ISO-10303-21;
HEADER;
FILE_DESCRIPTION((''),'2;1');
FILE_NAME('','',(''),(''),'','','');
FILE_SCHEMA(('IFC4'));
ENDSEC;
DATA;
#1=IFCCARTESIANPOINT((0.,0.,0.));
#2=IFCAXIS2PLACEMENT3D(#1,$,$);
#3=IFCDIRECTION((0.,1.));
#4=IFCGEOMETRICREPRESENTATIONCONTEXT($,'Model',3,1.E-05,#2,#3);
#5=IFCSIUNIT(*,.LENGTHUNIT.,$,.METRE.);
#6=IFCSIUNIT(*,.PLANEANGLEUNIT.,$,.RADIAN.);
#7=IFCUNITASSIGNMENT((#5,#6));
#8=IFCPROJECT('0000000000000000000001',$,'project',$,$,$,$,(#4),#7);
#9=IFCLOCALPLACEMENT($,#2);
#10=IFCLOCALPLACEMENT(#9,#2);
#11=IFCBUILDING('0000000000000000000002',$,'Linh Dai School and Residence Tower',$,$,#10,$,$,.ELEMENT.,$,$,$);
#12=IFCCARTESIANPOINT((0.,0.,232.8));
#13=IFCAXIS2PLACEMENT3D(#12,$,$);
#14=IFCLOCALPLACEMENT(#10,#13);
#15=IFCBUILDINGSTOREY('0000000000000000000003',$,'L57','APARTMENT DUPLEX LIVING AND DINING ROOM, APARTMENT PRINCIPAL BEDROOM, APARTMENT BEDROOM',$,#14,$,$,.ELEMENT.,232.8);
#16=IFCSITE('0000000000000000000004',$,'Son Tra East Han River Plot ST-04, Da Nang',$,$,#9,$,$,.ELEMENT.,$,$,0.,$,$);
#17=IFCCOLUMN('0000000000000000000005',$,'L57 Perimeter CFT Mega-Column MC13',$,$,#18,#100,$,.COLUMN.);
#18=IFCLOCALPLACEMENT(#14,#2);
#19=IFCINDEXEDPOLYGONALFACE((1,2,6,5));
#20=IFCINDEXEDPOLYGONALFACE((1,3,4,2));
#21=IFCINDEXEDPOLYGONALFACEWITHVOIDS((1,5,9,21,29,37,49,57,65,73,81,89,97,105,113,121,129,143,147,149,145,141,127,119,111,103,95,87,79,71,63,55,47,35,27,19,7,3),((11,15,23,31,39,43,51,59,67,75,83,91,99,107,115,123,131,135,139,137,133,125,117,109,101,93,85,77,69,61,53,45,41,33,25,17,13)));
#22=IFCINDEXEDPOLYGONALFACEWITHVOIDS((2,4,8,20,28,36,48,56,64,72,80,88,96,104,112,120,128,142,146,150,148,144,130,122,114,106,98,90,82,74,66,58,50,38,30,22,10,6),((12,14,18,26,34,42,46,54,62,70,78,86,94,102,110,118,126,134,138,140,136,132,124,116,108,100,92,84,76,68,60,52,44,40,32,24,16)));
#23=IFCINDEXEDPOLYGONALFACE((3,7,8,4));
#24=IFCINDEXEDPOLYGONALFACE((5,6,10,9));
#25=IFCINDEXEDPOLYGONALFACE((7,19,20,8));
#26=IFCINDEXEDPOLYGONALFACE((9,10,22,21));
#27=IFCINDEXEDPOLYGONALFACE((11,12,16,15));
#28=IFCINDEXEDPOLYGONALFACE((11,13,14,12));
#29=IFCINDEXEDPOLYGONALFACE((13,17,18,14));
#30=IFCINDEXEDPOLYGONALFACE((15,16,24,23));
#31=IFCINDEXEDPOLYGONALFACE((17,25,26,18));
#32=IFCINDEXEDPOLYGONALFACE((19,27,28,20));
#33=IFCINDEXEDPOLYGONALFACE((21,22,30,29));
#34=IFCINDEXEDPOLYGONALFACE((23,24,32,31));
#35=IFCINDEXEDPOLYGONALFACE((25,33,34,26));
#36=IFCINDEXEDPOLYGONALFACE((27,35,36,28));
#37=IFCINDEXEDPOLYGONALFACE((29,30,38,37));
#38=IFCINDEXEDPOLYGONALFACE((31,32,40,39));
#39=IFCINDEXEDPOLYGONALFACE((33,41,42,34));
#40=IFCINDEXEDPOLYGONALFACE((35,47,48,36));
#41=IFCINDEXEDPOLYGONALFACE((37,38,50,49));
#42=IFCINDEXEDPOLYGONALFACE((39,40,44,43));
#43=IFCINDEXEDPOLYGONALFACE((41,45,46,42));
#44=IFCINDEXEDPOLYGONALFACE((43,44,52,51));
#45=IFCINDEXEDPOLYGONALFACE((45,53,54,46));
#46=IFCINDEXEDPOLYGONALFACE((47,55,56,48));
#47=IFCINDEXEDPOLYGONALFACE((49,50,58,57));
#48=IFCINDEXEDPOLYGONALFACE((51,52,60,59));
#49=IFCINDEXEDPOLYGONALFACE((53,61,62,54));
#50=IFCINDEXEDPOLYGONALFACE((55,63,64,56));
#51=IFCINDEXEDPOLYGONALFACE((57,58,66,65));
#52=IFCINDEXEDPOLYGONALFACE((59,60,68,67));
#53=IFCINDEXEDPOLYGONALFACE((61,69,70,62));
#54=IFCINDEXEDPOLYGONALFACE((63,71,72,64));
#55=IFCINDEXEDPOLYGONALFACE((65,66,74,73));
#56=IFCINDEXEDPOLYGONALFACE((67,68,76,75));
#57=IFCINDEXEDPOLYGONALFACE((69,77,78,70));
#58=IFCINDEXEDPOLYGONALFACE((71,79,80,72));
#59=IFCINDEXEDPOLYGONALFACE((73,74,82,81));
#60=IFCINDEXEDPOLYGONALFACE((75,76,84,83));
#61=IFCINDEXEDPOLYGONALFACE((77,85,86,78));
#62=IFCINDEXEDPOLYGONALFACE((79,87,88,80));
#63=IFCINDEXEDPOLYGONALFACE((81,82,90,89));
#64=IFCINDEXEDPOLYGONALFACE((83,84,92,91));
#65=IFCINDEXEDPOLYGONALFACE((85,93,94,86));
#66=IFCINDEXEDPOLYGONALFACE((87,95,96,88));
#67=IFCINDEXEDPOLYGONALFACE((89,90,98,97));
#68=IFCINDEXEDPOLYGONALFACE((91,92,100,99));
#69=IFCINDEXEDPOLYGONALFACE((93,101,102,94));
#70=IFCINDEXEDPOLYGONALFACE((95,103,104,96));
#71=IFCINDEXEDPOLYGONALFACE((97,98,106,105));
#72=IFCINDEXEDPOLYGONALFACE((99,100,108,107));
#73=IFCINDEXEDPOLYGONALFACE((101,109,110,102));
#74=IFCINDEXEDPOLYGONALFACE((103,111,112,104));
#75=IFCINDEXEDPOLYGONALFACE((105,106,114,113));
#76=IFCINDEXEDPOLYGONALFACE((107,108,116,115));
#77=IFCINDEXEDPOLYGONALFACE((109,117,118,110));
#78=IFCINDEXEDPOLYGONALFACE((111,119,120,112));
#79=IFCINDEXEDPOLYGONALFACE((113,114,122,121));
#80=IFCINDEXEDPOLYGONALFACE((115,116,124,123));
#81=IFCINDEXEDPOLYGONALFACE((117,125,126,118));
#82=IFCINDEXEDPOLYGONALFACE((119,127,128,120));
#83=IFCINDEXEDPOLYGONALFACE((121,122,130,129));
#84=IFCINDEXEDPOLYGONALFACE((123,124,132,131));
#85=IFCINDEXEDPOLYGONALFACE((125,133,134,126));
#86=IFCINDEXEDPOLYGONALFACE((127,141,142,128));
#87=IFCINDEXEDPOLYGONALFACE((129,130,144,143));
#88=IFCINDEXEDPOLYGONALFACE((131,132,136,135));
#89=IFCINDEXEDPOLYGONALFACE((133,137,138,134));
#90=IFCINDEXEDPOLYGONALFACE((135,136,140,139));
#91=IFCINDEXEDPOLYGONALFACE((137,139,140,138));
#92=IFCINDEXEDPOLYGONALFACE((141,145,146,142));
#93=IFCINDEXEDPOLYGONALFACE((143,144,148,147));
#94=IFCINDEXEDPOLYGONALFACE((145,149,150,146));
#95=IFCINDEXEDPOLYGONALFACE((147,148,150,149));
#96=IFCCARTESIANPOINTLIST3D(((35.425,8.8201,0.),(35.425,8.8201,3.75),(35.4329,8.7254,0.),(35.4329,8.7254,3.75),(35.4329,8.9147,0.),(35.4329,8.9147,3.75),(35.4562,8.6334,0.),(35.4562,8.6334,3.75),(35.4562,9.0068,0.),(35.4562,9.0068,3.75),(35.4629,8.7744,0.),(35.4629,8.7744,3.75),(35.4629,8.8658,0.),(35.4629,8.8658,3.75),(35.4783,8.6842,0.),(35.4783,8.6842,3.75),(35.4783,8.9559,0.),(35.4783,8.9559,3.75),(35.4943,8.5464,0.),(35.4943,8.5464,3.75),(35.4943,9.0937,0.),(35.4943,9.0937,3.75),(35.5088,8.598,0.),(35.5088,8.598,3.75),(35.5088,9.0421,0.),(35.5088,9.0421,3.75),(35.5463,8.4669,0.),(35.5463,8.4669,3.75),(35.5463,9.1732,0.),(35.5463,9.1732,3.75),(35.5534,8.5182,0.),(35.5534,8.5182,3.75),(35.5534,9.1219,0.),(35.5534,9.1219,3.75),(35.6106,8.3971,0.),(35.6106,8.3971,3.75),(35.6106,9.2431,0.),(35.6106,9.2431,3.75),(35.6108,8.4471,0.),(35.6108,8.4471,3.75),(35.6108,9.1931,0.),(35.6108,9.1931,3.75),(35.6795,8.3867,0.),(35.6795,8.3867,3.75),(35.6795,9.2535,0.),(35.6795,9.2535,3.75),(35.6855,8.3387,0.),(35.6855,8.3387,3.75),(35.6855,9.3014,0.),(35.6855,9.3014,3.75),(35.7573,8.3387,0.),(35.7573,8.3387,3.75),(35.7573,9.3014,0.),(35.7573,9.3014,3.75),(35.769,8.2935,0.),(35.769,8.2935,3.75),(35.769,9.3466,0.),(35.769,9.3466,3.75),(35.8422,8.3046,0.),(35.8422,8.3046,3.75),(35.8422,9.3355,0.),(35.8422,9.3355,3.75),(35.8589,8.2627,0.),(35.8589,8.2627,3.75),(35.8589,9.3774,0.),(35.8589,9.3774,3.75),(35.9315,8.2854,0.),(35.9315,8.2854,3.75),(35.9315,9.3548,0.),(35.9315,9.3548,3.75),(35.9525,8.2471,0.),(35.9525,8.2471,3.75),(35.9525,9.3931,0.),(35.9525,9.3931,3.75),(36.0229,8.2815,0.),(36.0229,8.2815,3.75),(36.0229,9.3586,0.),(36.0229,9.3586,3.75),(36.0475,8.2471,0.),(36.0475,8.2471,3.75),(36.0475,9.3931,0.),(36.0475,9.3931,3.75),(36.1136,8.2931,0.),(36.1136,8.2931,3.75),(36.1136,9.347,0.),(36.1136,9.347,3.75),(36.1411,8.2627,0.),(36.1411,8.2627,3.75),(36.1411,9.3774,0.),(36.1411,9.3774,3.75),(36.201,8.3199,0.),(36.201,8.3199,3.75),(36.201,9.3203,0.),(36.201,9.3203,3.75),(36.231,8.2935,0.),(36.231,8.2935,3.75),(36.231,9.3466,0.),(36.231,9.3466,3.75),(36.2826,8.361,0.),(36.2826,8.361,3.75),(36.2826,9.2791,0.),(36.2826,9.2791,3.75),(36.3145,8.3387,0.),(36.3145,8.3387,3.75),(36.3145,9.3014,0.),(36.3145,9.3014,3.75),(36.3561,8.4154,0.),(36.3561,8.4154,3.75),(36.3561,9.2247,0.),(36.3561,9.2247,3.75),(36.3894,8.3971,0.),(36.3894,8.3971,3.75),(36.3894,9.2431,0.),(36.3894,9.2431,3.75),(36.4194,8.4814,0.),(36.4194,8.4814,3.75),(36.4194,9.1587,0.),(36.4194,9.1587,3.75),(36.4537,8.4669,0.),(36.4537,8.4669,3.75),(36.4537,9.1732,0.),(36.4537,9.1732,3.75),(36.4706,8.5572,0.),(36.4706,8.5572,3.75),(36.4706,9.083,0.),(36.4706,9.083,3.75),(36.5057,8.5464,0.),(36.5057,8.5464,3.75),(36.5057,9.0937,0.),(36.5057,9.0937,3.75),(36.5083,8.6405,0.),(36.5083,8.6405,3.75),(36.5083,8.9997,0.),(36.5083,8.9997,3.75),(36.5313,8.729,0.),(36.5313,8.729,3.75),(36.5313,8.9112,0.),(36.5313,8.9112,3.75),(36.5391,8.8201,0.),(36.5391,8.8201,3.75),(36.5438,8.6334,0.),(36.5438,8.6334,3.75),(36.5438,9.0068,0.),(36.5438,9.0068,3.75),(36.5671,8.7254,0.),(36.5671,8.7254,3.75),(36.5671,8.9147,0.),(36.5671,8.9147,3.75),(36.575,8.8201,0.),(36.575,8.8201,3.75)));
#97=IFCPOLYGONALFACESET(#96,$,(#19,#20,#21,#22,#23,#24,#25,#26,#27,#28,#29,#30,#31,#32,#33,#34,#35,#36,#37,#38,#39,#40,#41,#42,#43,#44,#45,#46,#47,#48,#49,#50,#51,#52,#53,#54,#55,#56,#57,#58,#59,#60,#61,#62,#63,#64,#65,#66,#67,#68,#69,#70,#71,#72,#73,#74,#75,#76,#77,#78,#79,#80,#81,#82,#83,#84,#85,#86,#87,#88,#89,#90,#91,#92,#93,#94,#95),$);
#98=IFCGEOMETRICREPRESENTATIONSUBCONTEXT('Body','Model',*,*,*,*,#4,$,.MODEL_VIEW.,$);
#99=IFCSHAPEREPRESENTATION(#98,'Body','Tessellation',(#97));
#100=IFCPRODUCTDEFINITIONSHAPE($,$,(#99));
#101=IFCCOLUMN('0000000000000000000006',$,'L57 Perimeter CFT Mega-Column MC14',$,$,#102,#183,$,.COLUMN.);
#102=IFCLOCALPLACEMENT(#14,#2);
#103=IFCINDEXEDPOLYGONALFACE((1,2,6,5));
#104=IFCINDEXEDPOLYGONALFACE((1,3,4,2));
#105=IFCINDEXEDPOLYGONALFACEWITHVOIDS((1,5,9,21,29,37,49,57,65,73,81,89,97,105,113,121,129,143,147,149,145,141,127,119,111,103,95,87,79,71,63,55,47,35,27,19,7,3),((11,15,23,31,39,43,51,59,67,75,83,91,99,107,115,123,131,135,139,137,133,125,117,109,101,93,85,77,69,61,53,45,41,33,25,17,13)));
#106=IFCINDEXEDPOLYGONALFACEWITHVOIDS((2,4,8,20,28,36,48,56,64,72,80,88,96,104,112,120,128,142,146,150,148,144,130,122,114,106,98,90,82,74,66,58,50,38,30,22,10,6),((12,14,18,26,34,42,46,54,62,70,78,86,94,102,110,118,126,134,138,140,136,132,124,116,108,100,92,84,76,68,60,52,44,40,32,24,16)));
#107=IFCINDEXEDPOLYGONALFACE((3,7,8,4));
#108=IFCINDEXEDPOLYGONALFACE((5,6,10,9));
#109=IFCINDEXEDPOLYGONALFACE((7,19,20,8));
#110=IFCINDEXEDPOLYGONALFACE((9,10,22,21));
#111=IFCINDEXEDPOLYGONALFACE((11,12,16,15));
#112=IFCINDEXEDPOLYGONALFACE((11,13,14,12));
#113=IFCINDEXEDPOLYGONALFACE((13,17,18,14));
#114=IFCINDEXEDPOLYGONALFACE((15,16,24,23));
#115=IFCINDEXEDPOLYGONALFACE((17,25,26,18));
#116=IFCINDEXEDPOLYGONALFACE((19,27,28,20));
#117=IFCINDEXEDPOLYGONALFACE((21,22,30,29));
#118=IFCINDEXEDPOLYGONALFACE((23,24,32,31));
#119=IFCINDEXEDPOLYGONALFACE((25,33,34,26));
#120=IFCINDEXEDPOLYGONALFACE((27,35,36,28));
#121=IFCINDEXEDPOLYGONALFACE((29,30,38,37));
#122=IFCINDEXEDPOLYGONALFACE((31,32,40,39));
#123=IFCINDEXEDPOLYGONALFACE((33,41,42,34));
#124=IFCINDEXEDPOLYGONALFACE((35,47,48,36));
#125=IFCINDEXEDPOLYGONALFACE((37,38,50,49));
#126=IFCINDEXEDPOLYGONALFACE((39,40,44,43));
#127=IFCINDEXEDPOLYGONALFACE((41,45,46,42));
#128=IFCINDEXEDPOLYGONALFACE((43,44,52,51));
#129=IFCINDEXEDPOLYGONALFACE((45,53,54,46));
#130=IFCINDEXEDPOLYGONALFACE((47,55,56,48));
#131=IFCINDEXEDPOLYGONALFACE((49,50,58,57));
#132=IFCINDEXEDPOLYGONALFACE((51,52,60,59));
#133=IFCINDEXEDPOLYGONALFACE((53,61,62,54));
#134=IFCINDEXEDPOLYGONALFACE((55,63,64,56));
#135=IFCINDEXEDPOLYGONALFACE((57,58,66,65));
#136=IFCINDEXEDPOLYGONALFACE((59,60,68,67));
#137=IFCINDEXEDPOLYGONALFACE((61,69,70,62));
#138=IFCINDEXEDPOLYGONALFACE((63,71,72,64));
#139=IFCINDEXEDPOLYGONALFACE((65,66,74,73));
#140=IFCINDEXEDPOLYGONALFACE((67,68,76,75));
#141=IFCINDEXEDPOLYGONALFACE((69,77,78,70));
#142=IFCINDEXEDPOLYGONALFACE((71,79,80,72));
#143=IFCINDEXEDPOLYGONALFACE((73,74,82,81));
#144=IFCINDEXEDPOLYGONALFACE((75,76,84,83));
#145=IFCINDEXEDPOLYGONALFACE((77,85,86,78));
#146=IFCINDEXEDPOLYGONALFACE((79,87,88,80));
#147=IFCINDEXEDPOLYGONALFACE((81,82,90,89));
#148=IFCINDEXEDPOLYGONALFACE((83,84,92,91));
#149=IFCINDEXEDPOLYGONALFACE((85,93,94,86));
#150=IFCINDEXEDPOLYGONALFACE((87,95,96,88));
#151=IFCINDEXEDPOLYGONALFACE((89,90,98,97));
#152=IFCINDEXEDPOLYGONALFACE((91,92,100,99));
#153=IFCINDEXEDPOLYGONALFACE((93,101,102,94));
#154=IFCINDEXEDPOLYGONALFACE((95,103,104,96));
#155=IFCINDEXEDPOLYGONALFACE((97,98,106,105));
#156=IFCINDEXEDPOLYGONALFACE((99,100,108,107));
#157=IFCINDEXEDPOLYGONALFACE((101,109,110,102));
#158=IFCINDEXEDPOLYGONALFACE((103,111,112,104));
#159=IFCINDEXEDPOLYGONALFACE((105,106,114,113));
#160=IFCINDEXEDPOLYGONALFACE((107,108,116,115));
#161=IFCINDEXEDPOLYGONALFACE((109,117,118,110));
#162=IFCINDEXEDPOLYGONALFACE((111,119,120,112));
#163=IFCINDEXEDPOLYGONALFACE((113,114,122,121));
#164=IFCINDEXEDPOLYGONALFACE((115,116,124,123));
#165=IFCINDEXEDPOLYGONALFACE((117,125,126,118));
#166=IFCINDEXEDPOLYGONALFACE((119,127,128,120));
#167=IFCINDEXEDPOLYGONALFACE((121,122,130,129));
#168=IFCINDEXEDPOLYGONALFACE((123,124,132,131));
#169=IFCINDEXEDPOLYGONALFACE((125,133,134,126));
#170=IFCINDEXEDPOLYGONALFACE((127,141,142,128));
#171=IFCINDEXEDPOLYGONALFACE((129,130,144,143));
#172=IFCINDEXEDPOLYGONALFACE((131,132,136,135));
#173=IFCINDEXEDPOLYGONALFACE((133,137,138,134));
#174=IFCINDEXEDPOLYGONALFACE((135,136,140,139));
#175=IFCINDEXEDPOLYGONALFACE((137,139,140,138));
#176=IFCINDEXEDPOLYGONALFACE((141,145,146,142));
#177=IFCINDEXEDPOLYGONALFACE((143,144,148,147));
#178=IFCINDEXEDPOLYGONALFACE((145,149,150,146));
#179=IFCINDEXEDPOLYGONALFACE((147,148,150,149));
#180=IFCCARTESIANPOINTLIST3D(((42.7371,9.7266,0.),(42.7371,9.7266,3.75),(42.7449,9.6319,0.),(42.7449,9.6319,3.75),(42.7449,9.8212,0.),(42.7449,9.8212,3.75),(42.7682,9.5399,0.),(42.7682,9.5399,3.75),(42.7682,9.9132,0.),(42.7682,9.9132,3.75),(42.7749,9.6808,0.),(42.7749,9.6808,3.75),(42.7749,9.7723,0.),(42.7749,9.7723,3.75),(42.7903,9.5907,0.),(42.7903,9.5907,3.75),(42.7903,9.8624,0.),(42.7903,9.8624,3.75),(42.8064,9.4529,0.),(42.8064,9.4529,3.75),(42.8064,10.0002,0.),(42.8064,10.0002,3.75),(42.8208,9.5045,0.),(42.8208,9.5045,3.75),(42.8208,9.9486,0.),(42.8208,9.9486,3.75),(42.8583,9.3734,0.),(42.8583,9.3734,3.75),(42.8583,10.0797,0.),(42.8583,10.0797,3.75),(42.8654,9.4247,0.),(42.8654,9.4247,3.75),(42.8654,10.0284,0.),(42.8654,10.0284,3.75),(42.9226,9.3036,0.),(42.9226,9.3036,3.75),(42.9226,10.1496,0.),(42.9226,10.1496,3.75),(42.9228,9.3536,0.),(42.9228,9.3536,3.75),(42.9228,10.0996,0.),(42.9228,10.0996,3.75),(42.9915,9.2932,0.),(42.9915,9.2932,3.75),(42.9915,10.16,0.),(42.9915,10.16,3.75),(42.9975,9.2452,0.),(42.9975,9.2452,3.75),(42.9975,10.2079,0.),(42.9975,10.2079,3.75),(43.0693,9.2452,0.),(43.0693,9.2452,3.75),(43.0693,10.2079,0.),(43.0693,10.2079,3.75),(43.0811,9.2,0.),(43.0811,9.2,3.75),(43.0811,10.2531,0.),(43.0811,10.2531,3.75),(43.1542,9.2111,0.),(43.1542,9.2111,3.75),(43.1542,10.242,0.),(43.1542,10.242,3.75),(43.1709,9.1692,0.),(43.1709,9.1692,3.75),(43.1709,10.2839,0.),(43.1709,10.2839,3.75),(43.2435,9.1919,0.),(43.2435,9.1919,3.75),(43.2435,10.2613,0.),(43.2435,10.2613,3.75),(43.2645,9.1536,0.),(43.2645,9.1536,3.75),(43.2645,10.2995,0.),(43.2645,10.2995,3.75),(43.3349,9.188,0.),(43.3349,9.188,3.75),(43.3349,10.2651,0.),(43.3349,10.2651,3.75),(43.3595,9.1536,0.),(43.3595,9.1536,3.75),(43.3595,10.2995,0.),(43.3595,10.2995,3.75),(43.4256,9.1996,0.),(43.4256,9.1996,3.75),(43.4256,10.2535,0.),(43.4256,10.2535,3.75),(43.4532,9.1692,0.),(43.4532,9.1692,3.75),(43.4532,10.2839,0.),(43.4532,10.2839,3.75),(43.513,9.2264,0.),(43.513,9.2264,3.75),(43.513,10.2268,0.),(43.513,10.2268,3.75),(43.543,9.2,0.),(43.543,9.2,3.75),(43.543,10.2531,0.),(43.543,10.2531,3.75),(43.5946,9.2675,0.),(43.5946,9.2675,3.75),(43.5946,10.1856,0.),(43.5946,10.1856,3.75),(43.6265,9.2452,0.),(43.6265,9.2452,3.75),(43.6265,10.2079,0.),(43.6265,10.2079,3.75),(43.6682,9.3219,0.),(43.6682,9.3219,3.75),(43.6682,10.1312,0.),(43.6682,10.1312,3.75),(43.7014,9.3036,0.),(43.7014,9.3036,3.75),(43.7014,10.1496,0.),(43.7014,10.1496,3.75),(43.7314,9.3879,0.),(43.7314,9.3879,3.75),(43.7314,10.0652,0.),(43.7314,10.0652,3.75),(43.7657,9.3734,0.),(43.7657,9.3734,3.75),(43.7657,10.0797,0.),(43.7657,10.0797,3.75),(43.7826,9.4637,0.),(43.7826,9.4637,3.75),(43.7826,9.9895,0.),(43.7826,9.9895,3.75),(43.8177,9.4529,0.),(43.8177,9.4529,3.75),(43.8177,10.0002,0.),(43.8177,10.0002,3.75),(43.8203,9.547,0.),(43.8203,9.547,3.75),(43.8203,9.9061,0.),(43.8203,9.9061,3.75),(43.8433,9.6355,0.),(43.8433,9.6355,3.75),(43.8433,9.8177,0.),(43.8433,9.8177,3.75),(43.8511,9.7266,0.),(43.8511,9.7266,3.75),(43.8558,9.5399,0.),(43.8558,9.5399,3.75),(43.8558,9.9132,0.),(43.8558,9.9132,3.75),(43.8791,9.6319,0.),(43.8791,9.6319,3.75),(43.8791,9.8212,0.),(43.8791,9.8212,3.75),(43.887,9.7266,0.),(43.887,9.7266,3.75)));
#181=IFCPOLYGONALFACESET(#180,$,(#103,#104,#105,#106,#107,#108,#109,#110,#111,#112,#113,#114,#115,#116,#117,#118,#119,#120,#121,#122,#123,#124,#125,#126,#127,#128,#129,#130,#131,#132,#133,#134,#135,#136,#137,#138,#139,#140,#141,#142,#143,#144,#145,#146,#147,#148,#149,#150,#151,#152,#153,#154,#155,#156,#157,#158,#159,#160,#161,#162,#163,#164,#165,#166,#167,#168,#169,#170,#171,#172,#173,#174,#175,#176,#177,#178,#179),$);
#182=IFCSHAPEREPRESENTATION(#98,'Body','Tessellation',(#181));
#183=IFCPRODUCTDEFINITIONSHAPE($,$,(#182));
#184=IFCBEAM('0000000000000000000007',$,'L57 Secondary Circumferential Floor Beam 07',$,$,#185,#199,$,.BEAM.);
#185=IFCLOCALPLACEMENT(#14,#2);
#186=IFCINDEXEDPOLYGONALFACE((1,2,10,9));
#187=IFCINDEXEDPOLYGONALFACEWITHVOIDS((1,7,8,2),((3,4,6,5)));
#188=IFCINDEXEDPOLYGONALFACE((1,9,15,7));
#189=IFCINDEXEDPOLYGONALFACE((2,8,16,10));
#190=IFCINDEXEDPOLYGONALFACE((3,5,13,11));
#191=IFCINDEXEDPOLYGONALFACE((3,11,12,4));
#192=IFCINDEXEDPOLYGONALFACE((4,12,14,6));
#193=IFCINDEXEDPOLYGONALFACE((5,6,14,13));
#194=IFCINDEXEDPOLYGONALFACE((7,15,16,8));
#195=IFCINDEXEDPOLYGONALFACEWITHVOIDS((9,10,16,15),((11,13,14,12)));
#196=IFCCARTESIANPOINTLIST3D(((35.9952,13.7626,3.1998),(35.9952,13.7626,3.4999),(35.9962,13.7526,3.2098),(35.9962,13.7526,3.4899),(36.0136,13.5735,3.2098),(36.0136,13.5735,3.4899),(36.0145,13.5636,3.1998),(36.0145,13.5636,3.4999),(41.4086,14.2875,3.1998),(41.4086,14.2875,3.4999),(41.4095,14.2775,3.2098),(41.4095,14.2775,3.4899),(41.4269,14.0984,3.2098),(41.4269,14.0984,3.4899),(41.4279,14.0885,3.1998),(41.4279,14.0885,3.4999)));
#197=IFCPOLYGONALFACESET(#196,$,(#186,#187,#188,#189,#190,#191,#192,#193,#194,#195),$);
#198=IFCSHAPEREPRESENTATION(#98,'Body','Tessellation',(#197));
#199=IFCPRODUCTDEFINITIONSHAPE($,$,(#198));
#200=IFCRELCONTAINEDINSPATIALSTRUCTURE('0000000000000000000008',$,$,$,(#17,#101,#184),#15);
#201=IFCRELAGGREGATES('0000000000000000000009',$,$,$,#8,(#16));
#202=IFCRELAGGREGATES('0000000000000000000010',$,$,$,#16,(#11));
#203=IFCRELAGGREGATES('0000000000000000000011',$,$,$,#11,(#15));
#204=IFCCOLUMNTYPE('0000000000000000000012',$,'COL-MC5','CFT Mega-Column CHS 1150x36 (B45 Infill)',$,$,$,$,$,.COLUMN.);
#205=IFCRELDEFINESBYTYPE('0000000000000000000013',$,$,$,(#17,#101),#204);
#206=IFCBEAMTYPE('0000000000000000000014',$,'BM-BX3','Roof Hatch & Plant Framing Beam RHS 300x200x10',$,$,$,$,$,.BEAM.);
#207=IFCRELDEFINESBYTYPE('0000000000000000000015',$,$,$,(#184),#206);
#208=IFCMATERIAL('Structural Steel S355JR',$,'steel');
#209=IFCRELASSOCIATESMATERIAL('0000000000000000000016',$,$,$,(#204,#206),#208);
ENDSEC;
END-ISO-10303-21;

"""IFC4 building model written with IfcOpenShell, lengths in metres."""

from ifc_helpers import new_model, si_unit, direction, frame, origin, origin_2d, place, context, subcontext, project, spatial, hollow_rectangle, hollow_circle, extrude, material, material_profile, profile_set, type_object, element, save


model = new_model("IFC4")

# Units and contexts
model_context = context("Model", 3, precision=1e-05, world=origin(), true_north=direction((0.0, 1.0)))
body_context = subcontext(model_context, "Body", "Model", "MODEL_VIEW")
ifc_project = project(units=[si_unit("LENGTHUNIT", "METRE"), si_unit("PLANEANGLEUNIT", "RADIAN")], contexts=[model_context])

# Site, building, storey
site_placement = place(None, origin())
site = spatial("IfcSite", under=ifc_project, at=site_placement, Name="Son Tra East Han River Plot ST-04, Da Nang", CompositionType="ELEMENT", RefElevation=0.0)
building_placement = place(site_placement, origin())
building = spatial("IfcBuilding", under=site, at=building_placement, Name="Linh Dai School and Residence Tower", CompositionType="ELEMENT")
storey_placement = place(building_placement, frame((0.0, 0.0, 232.8)))
storey = spatial("IfcBuildingStorey", under=building, at=storey_placement, Name="L57", Description="APARTMENT DUPLEX LIVING AND DINING ROOM, APARTMENT PRINCIPAL BEDROOM, APARTMENT BEDROOM", CompositionType="ELEMENT", Elevation=232.8)

# Columns
ifc_material_1 = material(Name="Structural Steel S355JR", Category="steel")
ifc_material_profile_1 = material_profile(ifc_material_1, hollow_circle(Radius=0.575, WallThickness=0.0359, at=origin_2d()), Name="CHS 1150x36")
ifc_profile_set_1 = profile_set([ifc_material_profile_1], Name="Structural Steel S355JR")
column_type = type_object("IfcColumnType", Name="COL-MC5", Description="CFT Mega-Column CHS 1150x36 (B45 Infill)", PredefinedType="COLUMN", material=ifc_profile_set_1)
for number, where, z_axis, x_axis, name in (
    (1, (36.0, 8.8201, 0.0), (0.0, 0.0, 1.0), (1.0, 0.0, 0.0), "L57 Perimeter CFT Mega-Column MC13"),
    (2, (43.312, 9.7266, 0.0), (0.0, 0.0, 1.0), (1.0, 0.0, 0.0), "L57 Perimeter CFT Mega-Column MC14"),
):
    element("IfcColumn", number, at=place(storey_placement, frame(where, z_axis=z_axis, x_axis=x_axis)), inside=storey, type_object=column_type, Name=name, PredefinedType="COLUMN", context=body_context, shape_type="SweptSolid", body=[
        extrude(hollow_circle(Radius=0.575, WallThickness=0.0359, at=origin_2d()), origin(), (0.0, 0.0, 1.0), 3.75),
    ])

# Beam
ifc_material_profile_2 = material_profile(ifc_material_1, hollow_rectangle(XDim=0.2, YDim=0.3, WallThickness=0.01, at=origin_2d()), Name="RHS 300x200x10")
ifc_profile_set_2 = profile_set([ifc_material_profile_2], Name="Structural Steel S355JR")
beam_type_1 = type_object("IfcBeamType", Name="BM-BX3", Description="Roof Hatch & Plant Framing Beam RHS 300x200x10", PredefinedType="BEAM", material=ifc_profile_set_2)
beam_1_placement = place(storey_placement, frame((36.0049, 13.6631, 3.3499), z_axis=(0.995332, 0.096512, 0.0), x_axis=(-0.096512, 0.995332, 0.0)))
element("IfcBeam", 3, at=beam_1_placement, inside=storey, type_object=beam_type_1, Name="L57 Secondary Circumferential Floor Beam 07", PredefinedType="BEAM", context=body_context, shape_type="SweptSolid", body=[
    extrude(hollow_rectangle(XDim=0.2, YDim=0.3, WallThickness=0.01, at=origin_2d()), origin(), (0.0, 0.0, 1.0), 5.4387),
])

save(model, "model.ifc")
